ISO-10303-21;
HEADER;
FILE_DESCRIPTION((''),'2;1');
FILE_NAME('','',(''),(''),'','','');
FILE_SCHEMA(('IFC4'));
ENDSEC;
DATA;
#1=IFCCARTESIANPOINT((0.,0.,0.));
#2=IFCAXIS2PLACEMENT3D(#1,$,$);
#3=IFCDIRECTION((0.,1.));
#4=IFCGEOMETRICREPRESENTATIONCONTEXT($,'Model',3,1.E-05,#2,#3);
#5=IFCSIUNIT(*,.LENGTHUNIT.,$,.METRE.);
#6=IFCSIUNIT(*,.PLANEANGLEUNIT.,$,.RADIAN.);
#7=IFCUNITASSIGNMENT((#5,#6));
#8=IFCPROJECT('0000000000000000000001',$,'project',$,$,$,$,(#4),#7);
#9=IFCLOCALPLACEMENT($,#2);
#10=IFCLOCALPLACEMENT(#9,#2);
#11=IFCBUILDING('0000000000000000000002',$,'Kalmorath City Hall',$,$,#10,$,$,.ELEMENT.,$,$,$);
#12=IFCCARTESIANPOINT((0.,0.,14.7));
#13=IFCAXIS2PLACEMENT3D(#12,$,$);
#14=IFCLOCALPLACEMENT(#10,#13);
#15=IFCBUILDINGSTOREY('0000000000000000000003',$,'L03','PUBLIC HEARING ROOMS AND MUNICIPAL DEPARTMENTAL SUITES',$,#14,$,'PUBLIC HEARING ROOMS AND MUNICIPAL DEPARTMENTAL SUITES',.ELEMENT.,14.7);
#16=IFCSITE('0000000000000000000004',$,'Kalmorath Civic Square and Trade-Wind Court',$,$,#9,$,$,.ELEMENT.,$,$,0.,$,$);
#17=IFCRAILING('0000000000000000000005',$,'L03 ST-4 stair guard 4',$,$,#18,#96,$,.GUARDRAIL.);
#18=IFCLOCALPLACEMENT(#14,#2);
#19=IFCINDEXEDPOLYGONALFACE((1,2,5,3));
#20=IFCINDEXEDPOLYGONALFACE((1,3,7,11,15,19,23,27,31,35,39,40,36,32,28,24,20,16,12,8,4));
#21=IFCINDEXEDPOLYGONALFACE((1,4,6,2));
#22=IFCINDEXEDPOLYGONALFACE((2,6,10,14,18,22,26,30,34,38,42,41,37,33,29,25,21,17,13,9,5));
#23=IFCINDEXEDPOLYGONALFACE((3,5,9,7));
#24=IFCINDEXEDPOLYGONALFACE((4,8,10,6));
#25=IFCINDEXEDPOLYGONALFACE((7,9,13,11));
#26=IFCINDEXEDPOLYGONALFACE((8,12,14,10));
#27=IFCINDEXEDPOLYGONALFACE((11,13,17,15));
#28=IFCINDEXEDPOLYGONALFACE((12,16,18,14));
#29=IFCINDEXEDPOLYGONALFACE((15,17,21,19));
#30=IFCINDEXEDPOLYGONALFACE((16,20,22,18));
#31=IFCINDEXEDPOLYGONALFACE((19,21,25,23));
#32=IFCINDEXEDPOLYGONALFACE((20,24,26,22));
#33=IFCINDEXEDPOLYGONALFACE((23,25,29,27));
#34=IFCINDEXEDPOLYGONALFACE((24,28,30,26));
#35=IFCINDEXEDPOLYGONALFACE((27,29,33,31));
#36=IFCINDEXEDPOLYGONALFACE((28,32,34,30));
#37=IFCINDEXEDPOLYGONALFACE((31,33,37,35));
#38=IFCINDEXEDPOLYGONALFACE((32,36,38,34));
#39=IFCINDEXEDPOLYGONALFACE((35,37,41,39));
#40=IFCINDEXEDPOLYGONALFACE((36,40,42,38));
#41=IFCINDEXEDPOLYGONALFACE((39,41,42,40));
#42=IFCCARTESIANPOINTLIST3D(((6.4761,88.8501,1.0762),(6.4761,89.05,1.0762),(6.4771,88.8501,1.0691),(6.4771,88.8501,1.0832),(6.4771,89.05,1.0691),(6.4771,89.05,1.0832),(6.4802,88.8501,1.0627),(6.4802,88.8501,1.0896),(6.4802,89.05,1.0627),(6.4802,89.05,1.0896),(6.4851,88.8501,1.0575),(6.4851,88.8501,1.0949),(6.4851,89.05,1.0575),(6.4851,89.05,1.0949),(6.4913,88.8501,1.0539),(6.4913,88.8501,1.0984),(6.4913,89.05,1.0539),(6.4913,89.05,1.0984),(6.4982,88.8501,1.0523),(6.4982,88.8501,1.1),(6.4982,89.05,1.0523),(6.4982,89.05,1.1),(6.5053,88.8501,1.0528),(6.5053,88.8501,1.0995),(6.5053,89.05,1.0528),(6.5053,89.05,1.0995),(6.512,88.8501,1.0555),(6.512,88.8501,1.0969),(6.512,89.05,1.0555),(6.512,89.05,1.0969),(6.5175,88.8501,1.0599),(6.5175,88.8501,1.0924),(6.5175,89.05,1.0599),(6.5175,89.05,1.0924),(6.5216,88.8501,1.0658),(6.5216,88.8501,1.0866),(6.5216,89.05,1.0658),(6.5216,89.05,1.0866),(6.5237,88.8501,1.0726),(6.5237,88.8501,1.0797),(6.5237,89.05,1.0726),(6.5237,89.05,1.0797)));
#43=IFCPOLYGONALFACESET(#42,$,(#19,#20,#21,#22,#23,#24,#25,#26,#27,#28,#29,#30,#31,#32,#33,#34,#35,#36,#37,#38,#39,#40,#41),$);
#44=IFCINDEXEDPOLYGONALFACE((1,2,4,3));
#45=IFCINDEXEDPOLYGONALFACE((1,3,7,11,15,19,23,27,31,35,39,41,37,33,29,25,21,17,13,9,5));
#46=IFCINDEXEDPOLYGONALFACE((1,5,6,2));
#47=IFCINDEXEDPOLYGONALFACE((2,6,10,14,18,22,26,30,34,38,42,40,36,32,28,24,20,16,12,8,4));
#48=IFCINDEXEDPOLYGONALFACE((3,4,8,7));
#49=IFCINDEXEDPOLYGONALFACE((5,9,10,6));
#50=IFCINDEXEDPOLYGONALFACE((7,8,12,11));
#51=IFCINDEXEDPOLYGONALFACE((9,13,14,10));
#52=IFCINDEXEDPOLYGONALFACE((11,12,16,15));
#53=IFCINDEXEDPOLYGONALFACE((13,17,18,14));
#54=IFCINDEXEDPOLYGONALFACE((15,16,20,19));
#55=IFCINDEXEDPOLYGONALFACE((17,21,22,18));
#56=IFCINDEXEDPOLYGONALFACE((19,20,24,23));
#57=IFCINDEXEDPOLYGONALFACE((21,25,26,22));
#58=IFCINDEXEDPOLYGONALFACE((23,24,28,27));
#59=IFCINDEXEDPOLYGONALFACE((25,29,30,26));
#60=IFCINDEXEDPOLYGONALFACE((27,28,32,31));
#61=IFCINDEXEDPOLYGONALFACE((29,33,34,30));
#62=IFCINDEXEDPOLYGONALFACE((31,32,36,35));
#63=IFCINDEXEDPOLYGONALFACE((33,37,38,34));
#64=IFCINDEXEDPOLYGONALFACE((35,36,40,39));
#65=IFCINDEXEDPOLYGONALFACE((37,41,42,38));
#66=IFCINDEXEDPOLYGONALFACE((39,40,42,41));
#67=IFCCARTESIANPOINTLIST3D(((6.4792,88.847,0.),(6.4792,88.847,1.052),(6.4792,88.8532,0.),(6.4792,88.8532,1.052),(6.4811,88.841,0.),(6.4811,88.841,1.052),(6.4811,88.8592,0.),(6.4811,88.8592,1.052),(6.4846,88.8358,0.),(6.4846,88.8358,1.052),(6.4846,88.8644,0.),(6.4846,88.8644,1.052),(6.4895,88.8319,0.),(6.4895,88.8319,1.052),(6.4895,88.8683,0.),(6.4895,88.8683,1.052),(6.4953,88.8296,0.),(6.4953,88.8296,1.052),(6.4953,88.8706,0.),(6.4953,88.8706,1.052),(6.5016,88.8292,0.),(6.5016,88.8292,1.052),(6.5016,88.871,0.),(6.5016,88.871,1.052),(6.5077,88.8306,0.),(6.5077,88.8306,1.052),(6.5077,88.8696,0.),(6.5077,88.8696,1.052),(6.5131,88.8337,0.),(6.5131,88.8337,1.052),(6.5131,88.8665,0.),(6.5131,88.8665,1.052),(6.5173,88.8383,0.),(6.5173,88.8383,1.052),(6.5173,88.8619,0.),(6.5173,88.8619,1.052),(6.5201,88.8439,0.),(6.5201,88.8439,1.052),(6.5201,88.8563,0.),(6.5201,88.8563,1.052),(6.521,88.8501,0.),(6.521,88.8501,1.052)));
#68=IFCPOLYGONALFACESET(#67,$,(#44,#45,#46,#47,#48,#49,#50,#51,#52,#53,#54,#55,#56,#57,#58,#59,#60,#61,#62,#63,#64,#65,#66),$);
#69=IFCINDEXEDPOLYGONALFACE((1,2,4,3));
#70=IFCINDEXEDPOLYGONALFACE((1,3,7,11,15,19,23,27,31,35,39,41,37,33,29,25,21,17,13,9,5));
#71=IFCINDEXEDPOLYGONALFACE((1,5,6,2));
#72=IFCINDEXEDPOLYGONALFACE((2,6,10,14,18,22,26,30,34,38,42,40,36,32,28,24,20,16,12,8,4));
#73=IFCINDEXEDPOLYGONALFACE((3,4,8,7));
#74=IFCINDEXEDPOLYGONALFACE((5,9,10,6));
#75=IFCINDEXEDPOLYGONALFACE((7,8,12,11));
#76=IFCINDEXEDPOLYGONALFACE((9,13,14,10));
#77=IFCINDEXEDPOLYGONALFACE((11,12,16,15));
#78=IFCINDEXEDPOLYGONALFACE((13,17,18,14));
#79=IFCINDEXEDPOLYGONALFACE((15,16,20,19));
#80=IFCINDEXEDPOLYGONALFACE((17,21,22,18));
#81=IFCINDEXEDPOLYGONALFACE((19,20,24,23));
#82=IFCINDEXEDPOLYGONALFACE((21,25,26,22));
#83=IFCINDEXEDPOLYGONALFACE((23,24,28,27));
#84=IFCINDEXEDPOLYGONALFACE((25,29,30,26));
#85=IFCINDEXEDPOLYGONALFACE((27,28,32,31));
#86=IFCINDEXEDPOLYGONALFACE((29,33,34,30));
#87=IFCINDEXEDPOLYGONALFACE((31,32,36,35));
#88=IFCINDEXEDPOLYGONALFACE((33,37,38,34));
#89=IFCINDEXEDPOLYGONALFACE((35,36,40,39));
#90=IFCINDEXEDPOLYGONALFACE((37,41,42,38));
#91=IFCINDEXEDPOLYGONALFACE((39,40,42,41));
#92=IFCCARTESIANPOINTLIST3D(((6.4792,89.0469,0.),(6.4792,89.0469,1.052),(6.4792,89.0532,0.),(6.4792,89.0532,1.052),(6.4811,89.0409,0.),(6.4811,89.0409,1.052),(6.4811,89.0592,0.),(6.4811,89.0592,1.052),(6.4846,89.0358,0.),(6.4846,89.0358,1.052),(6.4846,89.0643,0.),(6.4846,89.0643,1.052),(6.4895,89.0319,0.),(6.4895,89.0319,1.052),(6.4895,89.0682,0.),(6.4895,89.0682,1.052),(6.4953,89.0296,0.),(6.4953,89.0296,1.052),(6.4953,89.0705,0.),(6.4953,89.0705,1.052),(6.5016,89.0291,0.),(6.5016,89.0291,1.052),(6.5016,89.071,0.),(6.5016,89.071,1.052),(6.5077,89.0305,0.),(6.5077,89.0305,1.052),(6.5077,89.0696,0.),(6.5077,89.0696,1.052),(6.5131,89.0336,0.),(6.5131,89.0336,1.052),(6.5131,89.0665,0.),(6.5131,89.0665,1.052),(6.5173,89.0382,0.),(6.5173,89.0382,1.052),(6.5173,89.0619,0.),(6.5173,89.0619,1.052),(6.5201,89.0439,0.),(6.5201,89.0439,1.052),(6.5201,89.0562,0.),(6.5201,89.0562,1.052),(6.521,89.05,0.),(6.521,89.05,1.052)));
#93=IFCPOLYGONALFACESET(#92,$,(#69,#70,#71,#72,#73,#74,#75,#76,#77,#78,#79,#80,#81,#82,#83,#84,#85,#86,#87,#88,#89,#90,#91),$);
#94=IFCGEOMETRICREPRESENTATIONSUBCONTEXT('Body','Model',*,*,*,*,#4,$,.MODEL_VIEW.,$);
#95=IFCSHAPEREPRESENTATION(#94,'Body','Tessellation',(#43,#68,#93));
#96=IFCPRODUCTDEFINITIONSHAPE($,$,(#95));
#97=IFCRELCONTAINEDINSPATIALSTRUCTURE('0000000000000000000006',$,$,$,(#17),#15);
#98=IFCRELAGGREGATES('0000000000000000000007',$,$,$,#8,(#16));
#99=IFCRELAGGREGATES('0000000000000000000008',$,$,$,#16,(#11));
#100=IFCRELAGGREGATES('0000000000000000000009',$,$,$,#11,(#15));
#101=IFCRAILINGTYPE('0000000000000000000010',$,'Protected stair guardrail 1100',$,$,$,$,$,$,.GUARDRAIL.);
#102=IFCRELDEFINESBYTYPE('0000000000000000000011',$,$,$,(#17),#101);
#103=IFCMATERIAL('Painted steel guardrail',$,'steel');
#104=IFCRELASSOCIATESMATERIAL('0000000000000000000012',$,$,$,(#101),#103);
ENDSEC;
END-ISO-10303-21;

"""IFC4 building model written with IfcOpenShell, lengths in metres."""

from ifc_helpers import new_model, si_unit, direction, frame, origin, origin_2d, place, context, subcontext, project, spatial, circle, extrude, material, type_object, element, save


model = new_model("IFC4")

# Units and contexts
model_context = context("Model", 3, precision=1e-05, world=origin(), true_north=direction((0.0, 1.0)))
body_context = subcontext(model_context, "Body", "Model", "MODEL_VIEW")
ifc_project = project(units=[si_unit("LENGTHUNIT", "METRE"), si_unit("PLANEANGLEUNIT", "RADIAN")], contexts=[model_context])

# Site, building, storey
site_placement = place(None, origin())
site = spatial("IfcSite", under=ifc_project, at=site_placement, Name="Kalmorath Civic Square and Trade-Wind Court", CompositionType="ELEMENT", RefElevation=0.0)
building_placement = place(site_placement, origin())
building = spatial("IfcBuilding", under=site, at=building_placement, Name="Kalmorath City Hall", CompositionType="ELEMENT")
storey_placement = place(building_placement, frame((0.0, 0.0, 14.7)))
storey = spatial("IfcBuildingStorey", under=building, at=storey_placement, Name="L03", Description="PUBLIC HEARING ROOMS AND MUNICIPAL DEPARTMENTAL SUITES", LongName="PUBLIC HEARING ROOMS AND MUNICIPAL DEPARTMENTAL SUITES", CompositionType="ELEMENT", Elevation=14.7)

# Railing
ifc_material_1 = material(Name="Painted steel guardrail", Category="steel")
railing_type_1 = type_object("IfcRailingType", Name="Protected stair guardrail 1100", PredefinedType="GUARDRAIL", material=ifc_material_1)
railing_1_placement = place(storey_placement, frame((6.5, 88.8501, 0.0)))
element("IfcRailing", 1, at=railing_1_placement, inside=storey, type_object=railing_type_1, Name="L03 ST-4 stair guard 4", PredefinedType="GUARDRAIL", context=body_context, shape_type="SweptSolid", body=[
    extrude(circle(Radius=0.0239, at=origin_2d()), frame((0.0, 0.0, 1.0762), z_axis=(0.0, 1.0, 0.0), x_axis=(-1.0, 0.0, 0.0)), (0.0, 0.0, 1.0), 0.2),
    extrude(circle(Radius=0.021, at=origin_2d()), origin(), (0.0, 0.0, 1.0), 1.052),
    extrude(circle(Radius=0.021, at=origin_2d()), frame((0.0, 0.2, 0.0)), (0.0, 0.0, 1.0), 1.052),
])

save(model, "model.ifc")
